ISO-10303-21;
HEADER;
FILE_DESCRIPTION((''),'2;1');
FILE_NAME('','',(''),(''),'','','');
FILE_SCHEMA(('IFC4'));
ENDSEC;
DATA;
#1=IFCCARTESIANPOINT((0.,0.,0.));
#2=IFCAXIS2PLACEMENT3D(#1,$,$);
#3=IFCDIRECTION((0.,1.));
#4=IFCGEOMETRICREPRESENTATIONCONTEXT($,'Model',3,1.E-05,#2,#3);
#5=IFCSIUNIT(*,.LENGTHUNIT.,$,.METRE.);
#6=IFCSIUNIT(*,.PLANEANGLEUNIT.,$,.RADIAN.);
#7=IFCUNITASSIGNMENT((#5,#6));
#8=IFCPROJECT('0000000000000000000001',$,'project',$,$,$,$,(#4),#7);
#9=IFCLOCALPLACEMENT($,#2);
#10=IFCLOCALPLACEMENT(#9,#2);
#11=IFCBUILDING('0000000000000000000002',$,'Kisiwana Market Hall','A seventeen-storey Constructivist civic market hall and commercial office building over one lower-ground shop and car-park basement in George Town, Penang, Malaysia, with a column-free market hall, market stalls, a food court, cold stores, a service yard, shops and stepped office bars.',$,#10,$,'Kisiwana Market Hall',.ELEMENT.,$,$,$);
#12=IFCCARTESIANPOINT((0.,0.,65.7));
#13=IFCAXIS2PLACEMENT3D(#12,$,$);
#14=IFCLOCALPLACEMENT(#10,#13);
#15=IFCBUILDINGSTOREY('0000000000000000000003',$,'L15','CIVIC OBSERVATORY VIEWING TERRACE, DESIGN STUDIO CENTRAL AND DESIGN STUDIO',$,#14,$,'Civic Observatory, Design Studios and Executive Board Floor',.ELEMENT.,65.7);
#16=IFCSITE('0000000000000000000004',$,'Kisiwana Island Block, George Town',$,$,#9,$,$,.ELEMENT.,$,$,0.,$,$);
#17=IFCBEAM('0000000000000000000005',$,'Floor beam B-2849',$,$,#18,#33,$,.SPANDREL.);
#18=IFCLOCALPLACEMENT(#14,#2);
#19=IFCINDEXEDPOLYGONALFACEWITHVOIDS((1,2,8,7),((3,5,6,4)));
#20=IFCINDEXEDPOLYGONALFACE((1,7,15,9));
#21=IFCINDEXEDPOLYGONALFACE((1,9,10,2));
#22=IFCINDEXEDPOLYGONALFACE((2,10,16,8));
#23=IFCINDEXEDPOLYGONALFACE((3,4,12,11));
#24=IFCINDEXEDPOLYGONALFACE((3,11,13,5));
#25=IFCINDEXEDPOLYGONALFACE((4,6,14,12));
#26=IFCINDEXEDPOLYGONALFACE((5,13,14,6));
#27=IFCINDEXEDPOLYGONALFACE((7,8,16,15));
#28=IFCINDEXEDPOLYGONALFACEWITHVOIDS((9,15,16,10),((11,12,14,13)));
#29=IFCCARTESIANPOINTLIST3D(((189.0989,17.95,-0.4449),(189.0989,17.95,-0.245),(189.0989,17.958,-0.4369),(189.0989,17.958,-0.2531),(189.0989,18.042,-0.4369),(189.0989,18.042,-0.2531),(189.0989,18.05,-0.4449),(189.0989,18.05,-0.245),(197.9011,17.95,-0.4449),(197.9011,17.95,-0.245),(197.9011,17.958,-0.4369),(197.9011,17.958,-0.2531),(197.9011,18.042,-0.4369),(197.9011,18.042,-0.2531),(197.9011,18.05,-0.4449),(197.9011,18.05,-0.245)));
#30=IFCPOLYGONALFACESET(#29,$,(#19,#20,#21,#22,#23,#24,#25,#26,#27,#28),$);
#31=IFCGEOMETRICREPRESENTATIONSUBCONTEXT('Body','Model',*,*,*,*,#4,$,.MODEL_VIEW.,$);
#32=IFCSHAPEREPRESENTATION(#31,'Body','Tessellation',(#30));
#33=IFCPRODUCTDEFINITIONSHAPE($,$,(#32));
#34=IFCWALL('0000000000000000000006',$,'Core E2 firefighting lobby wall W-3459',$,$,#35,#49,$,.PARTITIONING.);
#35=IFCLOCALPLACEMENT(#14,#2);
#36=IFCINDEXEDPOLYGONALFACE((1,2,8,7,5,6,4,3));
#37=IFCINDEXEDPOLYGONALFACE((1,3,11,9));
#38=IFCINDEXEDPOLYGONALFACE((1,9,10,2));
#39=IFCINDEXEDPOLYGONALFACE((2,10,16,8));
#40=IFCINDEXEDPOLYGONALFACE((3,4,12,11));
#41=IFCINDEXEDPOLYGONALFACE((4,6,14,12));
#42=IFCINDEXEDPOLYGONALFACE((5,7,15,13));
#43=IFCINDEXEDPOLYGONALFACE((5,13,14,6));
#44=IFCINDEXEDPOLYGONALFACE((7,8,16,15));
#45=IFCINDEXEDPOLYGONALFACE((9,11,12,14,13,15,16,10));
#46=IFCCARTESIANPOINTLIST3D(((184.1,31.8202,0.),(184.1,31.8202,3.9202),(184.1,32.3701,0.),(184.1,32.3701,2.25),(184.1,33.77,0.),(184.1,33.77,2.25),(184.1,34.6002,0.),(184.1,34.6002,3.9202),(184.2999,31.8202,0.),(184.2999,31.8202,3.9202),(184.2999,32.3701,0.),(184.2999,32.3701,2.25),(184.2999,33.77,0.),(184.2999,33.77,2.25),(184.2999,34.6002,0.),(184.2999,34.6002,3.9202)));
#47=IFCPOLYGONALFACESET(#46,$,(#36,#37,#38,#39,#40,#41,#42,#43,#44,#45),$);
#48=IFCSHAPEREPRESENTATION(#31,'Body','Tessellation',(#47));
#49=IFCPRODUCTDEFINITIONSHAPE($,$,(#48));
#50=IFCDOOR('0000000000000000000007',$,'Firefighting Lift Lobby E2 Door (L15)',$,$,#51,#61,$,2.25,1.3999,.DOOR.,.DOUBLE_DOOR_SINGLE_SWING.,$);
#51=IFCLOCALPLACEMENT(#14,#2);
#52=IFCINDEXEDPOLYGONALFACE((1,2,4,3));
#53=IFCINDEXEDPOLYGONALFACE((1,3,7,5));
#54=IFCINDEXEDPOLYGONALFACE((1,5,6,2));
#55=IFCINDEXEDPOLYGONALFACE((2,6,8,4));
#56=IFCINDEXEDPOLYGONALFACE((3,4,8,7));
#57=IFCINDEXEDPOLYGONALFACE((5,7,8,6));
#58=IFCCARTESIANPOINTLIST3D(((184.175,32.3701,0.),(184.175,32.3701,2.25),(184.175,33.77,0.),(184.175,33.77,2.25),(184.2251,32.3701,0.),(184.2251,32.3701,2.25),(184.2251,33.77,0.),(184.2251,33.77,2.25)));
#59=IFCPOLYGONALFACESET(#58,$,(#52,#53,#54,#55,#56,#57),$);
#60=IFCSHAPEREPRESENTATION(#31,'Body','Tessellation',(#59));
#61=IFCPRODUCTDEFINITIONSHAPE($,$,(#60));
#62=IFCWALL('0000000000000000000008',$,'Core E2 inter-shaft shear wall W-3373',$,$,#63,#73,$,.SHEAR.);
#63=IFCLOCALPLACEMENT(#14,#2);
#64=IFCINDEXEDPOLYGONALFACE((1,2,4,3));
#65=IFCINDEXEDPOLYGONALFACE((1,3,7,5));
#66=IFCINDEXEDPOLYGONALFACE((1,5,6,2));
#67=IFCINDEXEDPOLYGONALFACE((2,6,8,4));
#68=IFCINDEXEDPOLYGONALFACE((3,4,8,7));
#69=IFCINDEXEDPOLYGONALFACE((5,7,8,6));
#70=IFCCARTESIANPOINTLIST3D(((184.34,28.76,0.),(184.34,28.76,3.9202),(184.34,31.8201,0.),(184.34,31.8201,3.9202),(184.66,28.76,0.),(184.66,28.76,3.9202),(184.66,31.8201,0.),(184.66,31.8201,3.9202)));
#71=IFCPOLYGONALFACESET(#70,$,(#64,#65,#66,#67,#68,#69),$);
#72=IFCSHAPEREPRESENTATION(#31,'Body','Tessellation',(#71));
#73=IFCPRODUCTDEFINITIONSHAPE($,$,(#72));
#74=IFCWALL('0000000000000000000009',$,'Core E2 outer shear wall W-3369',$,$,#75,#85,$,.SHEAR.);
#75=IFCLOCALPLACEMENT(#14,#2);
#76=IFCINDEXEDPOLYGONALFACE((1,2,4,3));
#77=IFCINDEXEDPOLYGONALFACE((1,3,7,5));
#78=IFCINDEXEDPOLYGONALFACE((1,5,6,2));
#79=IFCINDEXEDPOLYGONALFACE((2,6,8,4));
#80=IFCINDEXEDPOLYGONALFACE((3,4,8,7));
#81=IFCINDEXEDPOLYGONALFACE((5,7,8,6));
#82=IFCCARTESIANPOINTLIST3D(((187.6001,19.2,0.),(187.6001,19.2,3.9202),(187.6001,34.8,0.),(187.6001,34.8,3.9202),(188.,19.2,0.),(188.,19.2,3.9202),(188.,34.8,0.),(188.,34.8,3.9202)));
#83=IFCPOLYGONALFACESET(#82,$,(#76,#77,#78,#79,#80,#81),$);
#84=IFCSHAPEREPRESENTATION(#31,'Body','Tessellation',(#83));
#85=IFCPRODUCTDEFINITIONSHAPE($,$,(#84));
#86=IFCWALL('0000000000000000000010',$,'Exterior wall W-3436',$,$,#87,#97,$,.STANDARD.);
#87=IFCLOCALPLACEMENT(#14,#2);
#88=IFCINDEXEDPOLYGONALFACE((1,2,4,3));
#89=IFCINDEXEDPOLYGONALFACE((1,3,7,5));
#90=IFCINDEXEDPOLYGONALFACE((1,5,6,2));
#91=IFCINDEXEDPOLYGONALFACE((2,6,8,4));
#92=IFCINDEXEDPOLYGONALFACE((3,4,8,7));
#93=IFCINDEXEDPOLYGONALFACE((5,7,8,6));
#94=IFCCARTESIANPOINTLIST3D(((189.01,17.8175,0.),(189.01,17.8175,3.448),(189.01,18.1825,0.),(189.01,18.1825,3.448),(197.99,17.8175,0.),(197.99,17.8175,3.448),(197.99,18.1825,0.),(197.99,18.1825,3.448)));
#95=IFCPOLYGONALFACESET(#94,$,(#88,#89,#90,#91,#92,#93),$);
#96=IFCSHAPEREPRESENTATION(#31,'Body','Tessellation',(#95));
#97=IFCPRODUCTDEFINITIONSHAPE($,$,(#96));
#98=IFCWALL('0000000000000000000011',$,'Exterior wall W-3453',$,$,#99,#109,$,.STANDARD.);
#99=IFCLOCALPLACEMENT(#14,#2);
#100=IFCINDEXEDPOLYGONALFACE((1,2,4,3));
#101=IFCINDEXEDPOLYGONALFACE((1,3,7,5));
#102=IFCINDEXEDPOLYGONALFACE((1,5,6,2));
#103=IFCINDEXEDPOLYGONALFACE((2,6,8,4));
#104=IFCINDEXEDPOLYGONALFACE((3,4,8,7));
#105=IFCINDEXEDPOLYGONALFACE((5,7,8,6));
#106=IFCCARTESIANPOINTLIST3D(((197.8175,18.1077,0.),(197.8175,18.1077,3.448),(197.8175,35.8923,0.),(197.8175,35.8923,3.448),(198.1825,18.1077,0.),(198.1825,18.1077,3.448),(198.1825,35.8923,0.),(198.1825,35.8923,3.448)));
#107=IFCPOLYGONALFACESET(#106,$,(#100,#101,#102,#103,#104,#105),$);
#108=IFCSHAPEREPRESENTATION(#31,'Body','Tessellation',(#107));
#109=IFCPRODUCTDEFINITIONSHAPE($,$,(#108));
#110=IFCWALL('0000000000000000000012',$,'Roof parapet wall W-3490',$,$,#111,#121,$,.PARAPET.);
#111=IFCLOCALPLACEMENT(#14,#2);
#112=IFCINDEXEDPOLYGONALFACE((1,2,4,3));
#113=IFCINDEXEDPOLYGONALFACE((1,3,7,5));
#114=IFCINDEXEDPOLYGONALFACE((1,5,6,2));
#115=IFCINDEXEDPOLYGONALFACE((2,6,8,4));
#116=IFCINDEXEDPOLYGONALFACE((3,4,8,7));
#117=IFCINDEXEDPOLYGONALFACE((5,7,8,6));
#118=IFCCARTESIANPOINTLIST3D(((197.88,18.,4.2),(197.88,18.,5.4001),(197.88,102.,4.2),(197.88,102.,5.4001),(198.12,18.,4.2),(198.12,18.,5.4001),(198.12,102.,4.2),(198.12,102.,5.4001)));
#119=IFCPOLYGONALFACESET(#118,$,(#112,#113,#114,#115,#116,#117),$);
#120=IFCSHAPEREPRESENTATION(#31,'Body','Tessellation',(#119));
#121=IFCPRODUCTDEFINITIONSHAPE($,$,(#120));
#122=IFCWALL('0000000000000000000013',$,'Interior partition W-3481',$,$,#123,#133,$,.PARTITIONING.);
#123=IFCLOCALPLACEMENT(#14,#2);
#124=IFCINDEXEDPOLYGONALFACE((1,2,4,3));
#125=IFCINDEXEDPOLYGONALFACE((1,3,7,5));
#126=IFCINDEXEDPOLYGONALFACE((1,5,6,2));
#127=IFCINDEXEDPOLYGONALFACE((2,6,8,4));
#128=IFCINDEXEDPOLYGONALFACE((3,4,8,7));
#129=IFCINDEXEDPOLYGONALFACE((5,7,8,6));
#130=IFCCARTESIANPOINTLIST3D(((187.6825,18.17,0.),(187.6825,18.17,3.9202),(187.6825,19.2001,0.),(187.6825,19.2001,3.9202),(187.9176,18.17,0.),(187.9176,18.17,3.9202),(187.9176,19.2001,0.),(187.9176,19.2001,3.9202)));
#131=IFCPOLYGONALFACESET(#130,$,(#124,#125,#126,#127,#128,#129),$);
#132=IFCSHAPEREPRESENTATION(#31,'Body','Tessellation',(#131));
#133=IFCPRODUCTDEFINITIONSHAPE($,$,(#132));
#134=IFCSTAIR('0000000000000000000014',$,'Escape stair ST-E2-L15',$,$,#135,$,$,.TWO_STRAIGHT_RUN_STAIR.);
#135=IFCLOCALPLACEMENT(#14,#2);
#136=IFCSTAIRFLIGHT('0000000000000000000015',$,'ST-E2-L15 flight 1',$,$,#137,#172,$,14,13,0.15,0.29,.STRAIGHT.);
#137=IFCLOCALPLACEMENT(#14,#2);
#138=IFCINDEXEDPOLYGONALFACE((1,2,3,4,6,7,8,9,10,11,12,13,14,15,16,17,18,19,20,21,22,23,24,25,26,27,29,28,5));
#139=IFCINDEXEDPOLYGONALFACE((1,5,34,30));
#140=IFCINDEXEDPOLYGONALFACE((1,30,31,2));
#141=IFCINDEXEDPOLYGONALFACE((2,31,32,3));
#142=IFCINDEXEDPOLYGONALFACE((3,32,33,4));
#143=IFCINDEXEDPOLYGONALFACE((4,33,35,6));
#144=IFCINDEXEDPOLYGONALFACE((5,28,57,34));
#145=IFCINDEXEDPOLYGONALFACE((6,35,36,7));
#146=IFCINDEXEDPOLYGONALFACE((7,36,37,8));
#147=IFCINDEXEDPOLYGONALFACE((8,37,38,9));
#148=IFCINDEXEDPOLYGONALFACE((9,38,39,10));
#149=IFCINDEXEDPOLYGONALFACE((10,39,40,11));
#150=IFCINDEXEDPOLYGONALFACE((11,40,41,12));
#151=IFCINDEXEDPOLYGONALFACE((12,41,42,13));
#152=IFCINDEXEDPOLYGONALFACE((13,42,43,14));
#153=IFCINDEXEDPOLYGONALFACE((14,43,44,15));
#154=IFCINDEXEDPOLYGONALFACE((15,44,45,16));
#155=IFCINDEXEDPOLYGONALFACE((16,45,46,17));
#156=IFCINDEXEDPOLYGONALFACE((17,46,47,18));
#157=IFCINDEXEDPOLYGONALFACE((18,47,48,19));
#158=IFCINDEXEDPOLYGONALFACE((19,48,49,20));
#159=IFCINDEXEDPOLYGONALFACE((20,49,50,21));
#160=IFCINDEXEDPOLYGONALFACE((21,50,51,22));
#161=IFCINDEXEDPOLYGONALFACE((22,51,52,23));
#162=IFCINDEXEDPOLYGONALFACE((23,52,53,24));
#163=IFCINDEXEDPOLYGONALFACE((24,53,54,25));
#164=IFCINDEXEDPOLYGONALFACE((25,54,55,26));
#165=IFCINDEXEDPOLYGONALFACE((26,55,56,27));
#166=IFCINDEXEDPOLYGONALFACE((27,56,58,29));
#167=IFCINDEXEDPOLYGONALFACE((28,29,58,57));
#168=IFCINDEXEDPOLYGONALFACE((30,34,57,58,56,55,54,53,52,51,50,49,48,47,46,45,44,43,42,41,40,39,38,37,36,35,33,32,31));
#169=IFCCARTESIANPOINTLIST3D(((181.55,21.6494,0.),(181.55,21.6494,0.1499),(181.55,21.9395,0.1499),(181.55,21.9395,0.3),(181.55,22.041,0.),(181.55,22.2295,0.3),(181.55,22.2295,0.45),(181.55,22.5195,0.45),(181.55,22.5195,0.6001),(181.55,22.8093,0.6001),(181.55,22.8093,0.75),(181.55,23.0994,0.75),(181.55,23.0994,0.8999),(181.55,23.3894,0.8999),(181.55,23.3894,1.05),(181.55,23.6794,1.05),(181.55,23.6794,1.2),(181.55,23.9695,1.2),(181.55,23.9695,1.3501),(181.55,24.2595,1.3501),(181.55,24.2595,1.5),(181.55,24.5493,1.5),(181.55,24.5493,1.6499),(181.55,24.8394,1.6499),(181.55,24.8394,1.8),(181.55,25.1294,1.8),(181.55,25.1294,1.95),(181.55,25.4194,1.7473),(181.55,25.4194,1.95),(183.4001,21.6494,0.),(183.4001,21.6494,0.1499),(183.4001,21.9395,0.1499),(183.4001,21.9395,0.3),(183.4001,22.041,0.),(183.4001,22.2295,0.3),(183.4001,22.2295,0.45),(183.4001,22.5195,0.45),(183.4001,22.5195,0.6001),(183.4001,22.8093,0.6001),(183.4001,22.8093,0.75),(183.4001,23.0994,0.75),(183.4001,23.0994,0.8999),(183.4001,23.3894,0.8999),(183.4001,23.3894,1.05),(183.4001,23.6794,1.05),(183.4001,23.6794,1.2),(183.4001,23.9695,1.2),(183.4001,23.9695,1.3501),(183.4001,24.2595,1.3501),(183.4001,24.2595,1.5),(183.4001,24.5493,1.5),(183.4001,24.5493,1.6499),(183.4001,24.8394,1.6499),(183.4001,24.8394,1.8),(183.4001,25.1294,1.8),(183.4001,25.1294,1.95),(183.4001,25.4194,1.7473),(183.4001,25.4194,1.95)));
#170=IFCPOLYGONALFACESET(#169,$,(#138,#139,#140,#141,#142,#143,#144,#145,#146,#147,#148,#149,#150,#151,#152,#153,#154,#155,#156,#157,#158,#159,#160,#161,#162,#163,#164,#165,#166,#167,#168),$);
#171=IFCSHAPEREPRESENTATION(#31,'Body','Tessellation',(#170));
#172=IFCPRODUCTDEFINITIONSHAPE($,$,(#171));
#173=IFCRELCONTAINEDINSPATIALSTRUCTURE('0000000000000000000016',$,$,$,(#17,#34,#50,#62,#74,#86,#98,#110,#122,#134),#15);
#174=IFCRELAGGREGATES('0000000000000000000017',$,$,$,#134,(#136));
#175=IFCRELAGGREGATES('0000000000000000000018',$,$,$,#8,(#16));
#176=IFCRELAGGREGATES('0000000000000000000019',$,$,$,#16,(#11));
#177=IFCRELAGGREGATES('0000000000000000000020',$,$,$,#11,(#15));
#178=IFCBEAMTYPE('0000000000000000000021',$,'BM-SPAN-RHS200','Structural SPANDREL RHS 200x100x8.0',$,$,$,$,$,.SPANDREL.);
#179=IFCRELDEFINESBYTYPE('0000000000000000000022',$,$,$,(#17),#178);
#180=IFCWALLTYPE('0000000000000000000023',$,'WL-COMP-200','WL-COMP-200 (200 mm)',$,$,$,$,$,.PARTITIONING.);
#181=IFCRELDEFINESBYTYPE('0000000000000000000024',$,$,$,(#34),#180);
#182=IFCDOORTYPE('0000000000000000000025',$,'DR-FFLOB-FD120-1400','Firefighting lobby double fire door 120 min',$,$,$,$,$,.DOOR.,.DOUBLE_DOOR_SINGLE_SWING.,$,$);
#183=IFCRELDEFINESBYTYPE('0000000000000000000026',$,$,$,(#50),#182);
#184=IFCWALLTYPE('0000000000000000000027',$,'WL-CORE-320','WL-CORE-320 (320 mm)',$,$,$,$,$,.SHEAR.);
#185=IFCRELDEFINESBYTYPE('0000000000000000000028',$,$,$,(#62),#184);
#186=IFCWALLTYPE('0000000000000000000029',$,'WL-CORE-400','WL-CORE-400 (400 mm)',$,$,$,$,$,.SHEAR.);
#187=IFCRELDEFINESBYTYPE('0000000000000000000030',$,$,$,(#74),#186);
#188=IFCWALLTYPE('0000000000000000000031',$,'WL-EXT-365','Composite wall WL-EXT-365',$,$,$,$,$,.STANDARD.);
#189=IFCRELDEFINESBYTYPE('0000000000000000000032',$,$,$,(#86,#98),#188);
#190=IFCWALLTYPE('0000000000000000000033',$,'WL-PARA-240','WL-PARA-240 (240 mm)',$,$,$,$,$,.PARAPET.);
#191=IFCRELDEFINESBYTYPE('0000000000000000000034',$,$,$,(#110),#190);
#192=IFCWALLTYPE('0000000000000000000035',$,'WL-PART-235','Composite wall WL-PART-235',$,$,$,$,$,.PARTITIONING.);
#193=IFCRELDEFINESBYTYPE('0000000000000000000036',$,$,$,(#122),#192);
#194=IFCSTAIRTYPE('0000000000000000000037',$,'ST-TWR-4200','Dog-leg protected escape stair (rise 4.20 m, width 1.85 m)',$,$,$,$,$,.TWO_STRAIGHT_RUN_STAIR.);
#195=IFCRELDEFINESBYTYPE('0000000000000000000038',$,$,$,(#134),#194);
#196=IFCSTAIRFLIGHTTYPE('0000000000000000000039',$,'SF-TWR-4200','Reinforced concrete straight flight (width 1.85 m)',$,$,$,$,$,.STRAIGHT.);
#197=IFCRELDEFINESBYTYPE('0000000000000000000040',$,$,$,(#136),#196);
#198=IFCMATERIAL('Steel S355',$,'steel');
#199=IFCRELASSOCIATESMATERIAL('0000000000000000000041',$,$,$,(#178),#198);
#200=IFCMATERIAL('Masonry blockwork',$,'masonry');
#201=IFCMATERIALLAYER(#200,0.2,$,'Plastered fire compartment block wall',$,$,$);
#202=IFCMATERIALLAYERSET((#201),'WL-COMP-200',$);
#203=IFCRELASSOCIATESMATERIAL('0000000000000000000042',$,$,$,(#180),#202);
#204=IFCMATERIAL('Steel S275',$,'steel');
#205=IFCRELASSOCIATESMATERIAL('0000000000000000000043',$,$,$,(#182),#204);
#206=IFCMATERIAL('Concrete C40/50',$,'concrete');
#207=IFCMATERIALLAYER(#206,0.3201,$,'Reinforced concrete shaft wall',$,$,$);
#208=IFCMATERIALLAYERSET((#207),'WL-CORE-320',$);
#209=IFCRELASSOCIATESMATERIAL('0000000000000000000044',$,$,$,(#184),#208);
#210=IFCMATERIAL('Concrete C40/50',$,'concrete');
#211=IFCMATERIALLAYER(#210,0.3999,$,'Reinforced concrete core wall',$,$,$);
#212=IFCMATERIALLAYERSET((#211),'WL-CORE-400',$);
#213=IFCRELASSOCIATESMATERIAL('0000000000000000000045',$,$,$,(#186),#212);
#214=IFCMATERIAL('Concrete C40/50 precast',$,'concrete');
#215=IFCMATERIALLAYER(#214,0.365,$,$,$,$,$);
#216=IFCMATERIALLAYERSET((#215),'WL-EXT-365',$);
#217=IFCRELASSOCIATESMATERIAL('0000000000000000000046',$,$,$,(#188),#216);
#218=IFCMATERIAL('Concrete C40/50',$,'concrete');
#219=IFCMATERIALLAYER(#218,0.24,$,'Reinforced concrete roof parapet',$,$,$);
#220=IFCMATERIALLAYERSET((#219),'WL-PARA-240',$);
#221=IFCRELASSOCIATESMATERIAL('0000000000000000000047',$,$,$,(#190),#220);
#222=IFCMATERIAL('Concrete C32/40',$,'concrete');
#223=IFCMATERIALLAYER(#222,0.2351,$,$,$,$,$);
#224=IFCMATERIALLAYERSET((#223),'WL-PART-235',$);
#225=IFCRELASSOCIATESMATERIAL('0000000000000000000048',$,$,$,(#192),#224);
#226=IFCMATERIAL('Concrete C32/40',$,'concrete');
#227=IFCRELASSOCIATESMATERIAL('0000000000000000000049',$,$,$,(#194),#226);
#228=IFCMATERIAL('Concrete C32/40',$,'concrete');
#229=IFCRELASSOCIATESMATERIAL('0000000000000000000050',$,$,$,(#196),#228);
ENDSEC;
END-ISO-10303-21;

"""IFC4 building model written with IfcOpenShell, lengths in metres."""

from ifc_helpers import new_model, si_unit, direction, frame, frame_2d, origin, origin_2d, place, context, subcontext, project, spatial, polyline, rectangle, hollow_rectangle, outline, extrude, material, layer, layer_set, material_profile, profile_set, type_object, element, fill, aggregate, save


model = new_model("IFC4")

# Units and contexts
model_context = context("Model", 3, precision=1e-05, world=origin(), true_north=direction((0.0, 1.0)))
body_context = subcontext(model_context, "Body", "Model", "MODEL_VIEW")
ifc_project = project(units=[si_unit("LENGTHUNIT", "METRE"), si_unit("PLANEANGLEUNIT", "RADIAN")], contexts=[model_context])

# Site, building, storey
site_placement = place(None, origin())
site = spatial("IfcSite", under=ifc_project, at=site_placement, Name="Kisiwana Island Block, George Town", CompositionType="ELEMENT", RefElevation=0.0)
building_placement = place(site_placement, origin())
building = spatial("IfcBuilding", under=site, at=building_placement, Name="Kisiwana Market Hall", Description="A seventeen-storey Constructivist civic market hall and commercial office building over one lower-ground shop and car-park basement in George Town, Penang, Malaysia, with a column-free market hall, market stalls, a food court, cold stores, a service yard, shops and stepped office bars.", LongName="Kisiwana Market Hall", CompositionType="ELEMENT")
storey_placement = place(building_placement, frame((0.0, 0.0, 65.7)))
storey = spatial("IfcBuildingStorey", under=building, at=storey_placement, Name="L15", Description="CIVIC OBSERVATORY VIEWING TERRACE, DESIGN STUDIO CENTRAL AND DESIGN STUDIO", LongName="Civic Observatory, Design Studios and Executive Board Floor", CompositionType="ELEMENT", Elevation=65.7)

# Beam
ifc_material_1 = material(Name="Steel S355", Category="steel")
ifc_material_profile_1 = material_profile(ifc_material_1, hollow_rectangle(XDim=0.1001, YDim=0.2, WallThickness=0.0081, at=origin_2d()), Name="RHS 200x100x8.0")
ifc_profile_set_1 = profile_set([ifc_material_profile_1], Name="Steel S355")
beam_type_1 = type_object("IfcBeamType", Name="BM-SPAN-RHS200", Description="Structural SPANDREL RHS 200x100x8.0", PredefinedType="SPANDREL", material=ifc_profile_set_1)
beam_1_placement = place(storey_placement, frame((189.0989, 18.0, -0.345), z_axis=(1.0, 0.0, 0.0), x_axis=(0.0, 1.0, 0.0)))
element("IfcBeam", 1, at=beam_1_placement, inside=storey, type_object=beam_type_1, Name="Floor beam B-2849", PredefinedType="SPANDREL", context=body_context, shape_type="SweptSolid", body=[
    extrude(hollow_rectangle(XDim=0.1001, YDim=0.2, WallThickness=0.0081, at=origin_2d()), origin(), (0.0, 0.0, 1.0), 8.8022),
])

# Wall, opening, door
ifc_material_2 = material(Name="Masonry blockwork", Category="masonry")
ifc_layer_1 = layer(ifc_material_2, 0.2, Name="Plastered fire compartment block wall")
ifc_layer_set_1 = layer_set([ifc_layer_1], Name="WL-COMP-200")
wall_type_1 = type_object("IfcWallType", Name="WL-COMP-200", Description="WL-COMP-200 (200 mm)", PredefinedType="PARTITIONING", material=ifc_layer_set_1)
wall_1_placement = place(storey_placement, frame((184.2, 31.8201, 0.0), z_axis=(0.0, 0.0, 1.0), x_axis=(0.0, 1.0, 0.0)))
wall_1 = element("IfcWall", 2, at=wall_1_placement, inside=storey, type_object=wall_type_1, Name="Core E2 firefighting lobby wall W-3459", PredefinedType="PARTITIONING", context=body_context, shape_type="SweptSolid", body=[
    extrude(rectangle(XDim=2.78, YDim=0.2, at=frame_2d((1.3901, 0.0))), origin(), (0.0, 0.0, 1.0), 3.9202),
])
opening_placement = place(wall_1_placement, frame((0.55, 0.0, 0.0)))
opening = element("IfcOpeningElement", 3, at=opening_placement, cuts=wall_1, PredefinedType="OPENING", context=body_context, shape_type="SweptSolid", body=[
    extrude(rectangle(XDim=1.3999, YDim=2.25, at=frame_2d((0.7, 1.125))), frame((0.0, 0.1118, 0.0), z_axis=(0.0, -1.0, 0.0), x_axis=(1.0, 0.0, 0.0)), (0.0, 0.0, 1.0), 0.2239),
])
ifc_material_3 = material(Name="Steel S275", Category="steel")
door_type = type_object("IfcDoorType", Name="DR-FFLOB-FD120-1400", Description="Firefighting lobby double fire door 120 min", OperationType="DOUBLE_DOOR_SINGLE_SWING", PredefinedType="DOOR", material=ifc_material_3)
door_placement = place(opening_placement, origin())
door = element("IfcDoor", 4, at=door_placement, inside=storey, type_object=door_type, Name="Firefighting Lift Lobby E2 Door (L15)", OperationType="DOUBLE_DOOR_SINGLE_SWING", OverallHeight=2.25, OverallWidth=1.3999, PredefinedType="DOOR", context=body_context, shape_type="SweptSolid", body=[
    extrude(rectangle(XDim=1.3999, YDim=2.25, at=frame_2d((0.7, 1.125))), frame((0.0, 0.0249, 0.0), z_axis=(0.0, -1.0, 0.0), x_axis=(1.0, 0.0, 0.0)), (0.0, 0.0, 1.0), 0.05),
])
fill(opening, door)

# Walls
ifc_material_4 = material(Name="Concrete C40/50", Category="concrete")
ifc_layer_2 = layer(ifc_material_4, 0.3201, Name="Reinforced concrete shaft wall")
ifc_layer_set_2 = layer_set([ifc_layer_2], Name="WL-CORE-320")
wall_type_2 = type_object("IfcWallType", Name="WL-CORE-320", Description="WL-CORE-320 (320 mm)", PredefinedType="SHEAR", material=ifc_layer_set_2)
wall_2_placement = place(storey_placement, frame((184.5, 28.76, 0.0), z_axis=(0.0, 0.0, 1.0), x_axis=(0.0, 1.0, 0.0)))
element("IfcWall", 5, at=wall_2_placement, inside=storey, type_object=wall_type_2, Name="Core E2 inter-shaft shear wall W-3373", PredefinedType="SHEAR", context=body_context, shape_type="SweptSolid", body=[
    extrude(rectangle(XDim=3.0601, YDim=0.3201, at=frame_2d((1.53, 0.0))), origin(), (0.0, 0.0, 1.0), 3.9202),
])
ifc_material_5 = material(Name="Concrete C40/50", Category="concrete")
ifc_layer_3 = layer(ifc_material_5, 0.3999, Name="Reinforced concrete core wall")
ifc_layer_set_3 = layer_set([ifc_layer_3], Name="WL-CORE-400")
wall_type_3 = type_object("IfcWallType", Name="WL-CORE-400", Description="WL-CORE-400 (400 mm)", PredefinedType="SHEAR", material=ifc_layer_set_3)
wall_3_placement = place(storey_placement, frame((187.8, 19.2, 0.0), z_axis=(0.0, 0.0, 1.0), x_axis=(0.0, 1.0, 0.0)))
element("IfcWall", 6, at=wall_3_placement, inside=storey, type_object=wall_type_3, Name="Core E2 outer shear wall W-3369", PredefinedType="SHEAR", context=body_context, shape_type="SweptSolid", body=[
    extrude(rectangle(XDim=15.6001, YDim=0.3999, at=frame_2d((7.8, 0.0))), origin(), (0.0, 0.0, 1.0), 3.9202),
])
ifc_material_6 = material(Name="Concrete C40/50 precast", Category="concrete")
ifc_layer_4 = layer(ifc_material_6, 0.365)
ifc_layer_set_4 = layer_set([ifc_layer_4], Name="WL-EXT-365")
wall_type_4 = type_object("IfcWallType", Name="WL-EXT-365", Description="Composite wall WL-EXT-365", PredefinedType="STANDARD", material=ifc_layer_set_4)
wall_4_placement = place(storey_placement, frame((189.01, 18.0, 0.0), z_axis=(0.0, 0.0, 1.0), x_axis=(1.0, 0.0, 0.0)))
element("IfcWall", 7, at=wall_4_placement, inside=storey, type_object=wall_type_4, Name="Exterior wall W-3436", PredefinedType="STANDARD", context=body_context, shape_type="SweptSolid", body=[
    extrude(rectangle(XDim=8.98, YDim=0.365, at=frame_2d((4.49, 0.0))), origin(), (0.0, 0.0, 1.0), 3.448),
])
wall_5_placement = place(storey_placement, frame((198.0, 18.1077, 0.0), z_axis=(0.0, 0.0, 1.0), x_axis=(0.0, 1.0, 0.0)))
element("IfcWall", 8, at=wall_5_placement, inside=storey, type_object=wall_type_4, Name="Exterior wall W-3453", PredefinedType="STANDARD", context=body_context, shape_type="SweptSolid", body=[
    extrude(rectangle(XDim=17.7847, YDim=0.365, at=frame_2d((8.8923, 0.0))), origin(), (0.0, 0.0, 1.0), 3.448),
])
ifc_material_7 = material(Name="Concrete C40/50", Category="concrete")
ifc_layer_5 = layer(ifc_material_7, 0.24, Name="Reinforced concrete roof parapet")
ifc_layer_set_5 = layer_set([ifc_layer_5], Name="WL-PARA-240")
wall_type_5 = type_object("IfcWallType", Name="WL-PARA-240", Description="WL-PARA-240 (240 mm)", PredefinedType="PARAPET", material=ifc_layer_set_5)
wall_6_placement = place(storey_placement, frame((198.0, 18.0, 4.2), z_axis=(0.0, 0.0, 1.0), x_axis=(0.0, 1.0, 0.0)))
element("IfcWall", 9, at=wall_6_placement, inside=storey, type_object=wall_type_5, Name="Roof parapet wall W-3490", PredefinedType="PARAPET", context=body_context, shape_type="SweptSolid", body=[
    extrude(rectangle(XDim=84.0, YDim=0.24, at=frame_2d((42.0, 0.0))), origin(), (0.0, 0.0, 1.0), 1.2002),
])
ifc_material_8 = material(Name="Concrete C32/40", Category="concrete")
ifc_layer_6 = layer(ifc_material_8, 0.2351)
ifc_layer_set_6 = layer_set([ifc_layer_6], Name="WL-PART-235")
wall_type_6 = type_object("IfcWallType", Name="WL-PART-235", Description="Composite wall WL-PART-235", PredefinedType="PARTITIONING", material=ifc_layer_set_6)
wall_7_placement = place(storey_placement, frame((187.8, 18.1699, 0.0), z_axis=(0.0, 0.0, 1.0), x_axis=(0.0, 1.0, 0.0)))
element("IfcWall", 10, at=wall_7_placement, inside=storey, type_object=wall_type_6, Name="Interior partition W-3481", PredefinedType="PARTITIONING", context=body_context, shape_type="SweptSolid", body=[
    extrude(rectangle(XDim=1.03, YDim=0.2351, at=frame_2d((0.5151, 0.0))), origin(), (0.0, 0.0, 1.0), 3.9202),
])

# Stair, stair flight
ifc_material_9 = material(Name="Concrete C32/40", Category="concrete")
stair_type = type_object("IfcStairType", Name="ST-TWR-4200", Description="Dog-leg protected escape stair (rise 4.20 m, width 1.85 m)", PredefinedType="TWO_STRAIGHT_RUN_STAIR", material=ifc_material_9)
stair_placement = place(storey_placement, origin())
stair = element("IfcStair", 11, at=stair_placement, inside=storey, type_object=stair_type, Name="Escape stair ST-E2-L15", PredefinedType="TWO_STRAIGHT_RUN_STAIR")
ifc_material_10 = material(Name="Concrete C32/40", Category="concrete")
stair_flight_type = type_object("IfcStairFlightType", Name="SF-TWR-4200", Description="Reinforced concrete straight flight (width 1.85 m)", PredefinedType="STRAIGHT", material=ifc_material_10)
stair_flight_1_placement = place(storey_placement, frame((182.4751, 21.6494, 0.0), z_axis=(0.0, 0.0, 1.0), x_axis=(0.0, 1.0, 0.0)))
stair_flight_1 = element("IfcStairFlight", 12, at=stair_flight_1_placement, type_object=stair_flight_type, Name="ST-E2-L15 flight 1", NumberOfRisers=14, NumberOfTreads=13, PredefinedType="STRAIGHT", RiserHeight=0.15, TreadLength=0.29, context=body_context, shape_type="SweptSolid", body=[
    extrude(outline(polyline([(0.0, 0.0), (0.0, 0.1499), (0.29, 0.1499), (0.29, 0.3), (0.5801, 0.3), (0.5801, 0.45), (0.8701, 0.45), (0.8701, 0.6001), (1.1599, 0.6001), (1.1599, 0.75), (1.45, 0.75), (1.45, 0.8999), (1.74, 0.8999), (1.74, 1.05), (2.03, 1.05), (2.03, 1.2), (2.3201, 1.2), (2.3201, 1.3501), (2.6101, 1.3501), (2.6101, 1.5), (2.8999, 1.5), (2.8999, 1.6499), (3.1899, 1.6499), (3.1899, 1.8), (3.48, 1.8), (3.48, 1.95), (3.77, 1.95), (3.77, 2.1001), (3.77, 1.7473), (0.3916, 0.0), (0.0, 0.0)])), frame((0.0, 0.925, 0.0), z_axis=(0.0, -1.0, 0.0), x_axis=(1.0, 0.0, 0.0)), (0.0, 0.0, 1.0), 1.8501),
])
aggregate(stair, [stair_flight_1])

save(model, "model.ifc")
